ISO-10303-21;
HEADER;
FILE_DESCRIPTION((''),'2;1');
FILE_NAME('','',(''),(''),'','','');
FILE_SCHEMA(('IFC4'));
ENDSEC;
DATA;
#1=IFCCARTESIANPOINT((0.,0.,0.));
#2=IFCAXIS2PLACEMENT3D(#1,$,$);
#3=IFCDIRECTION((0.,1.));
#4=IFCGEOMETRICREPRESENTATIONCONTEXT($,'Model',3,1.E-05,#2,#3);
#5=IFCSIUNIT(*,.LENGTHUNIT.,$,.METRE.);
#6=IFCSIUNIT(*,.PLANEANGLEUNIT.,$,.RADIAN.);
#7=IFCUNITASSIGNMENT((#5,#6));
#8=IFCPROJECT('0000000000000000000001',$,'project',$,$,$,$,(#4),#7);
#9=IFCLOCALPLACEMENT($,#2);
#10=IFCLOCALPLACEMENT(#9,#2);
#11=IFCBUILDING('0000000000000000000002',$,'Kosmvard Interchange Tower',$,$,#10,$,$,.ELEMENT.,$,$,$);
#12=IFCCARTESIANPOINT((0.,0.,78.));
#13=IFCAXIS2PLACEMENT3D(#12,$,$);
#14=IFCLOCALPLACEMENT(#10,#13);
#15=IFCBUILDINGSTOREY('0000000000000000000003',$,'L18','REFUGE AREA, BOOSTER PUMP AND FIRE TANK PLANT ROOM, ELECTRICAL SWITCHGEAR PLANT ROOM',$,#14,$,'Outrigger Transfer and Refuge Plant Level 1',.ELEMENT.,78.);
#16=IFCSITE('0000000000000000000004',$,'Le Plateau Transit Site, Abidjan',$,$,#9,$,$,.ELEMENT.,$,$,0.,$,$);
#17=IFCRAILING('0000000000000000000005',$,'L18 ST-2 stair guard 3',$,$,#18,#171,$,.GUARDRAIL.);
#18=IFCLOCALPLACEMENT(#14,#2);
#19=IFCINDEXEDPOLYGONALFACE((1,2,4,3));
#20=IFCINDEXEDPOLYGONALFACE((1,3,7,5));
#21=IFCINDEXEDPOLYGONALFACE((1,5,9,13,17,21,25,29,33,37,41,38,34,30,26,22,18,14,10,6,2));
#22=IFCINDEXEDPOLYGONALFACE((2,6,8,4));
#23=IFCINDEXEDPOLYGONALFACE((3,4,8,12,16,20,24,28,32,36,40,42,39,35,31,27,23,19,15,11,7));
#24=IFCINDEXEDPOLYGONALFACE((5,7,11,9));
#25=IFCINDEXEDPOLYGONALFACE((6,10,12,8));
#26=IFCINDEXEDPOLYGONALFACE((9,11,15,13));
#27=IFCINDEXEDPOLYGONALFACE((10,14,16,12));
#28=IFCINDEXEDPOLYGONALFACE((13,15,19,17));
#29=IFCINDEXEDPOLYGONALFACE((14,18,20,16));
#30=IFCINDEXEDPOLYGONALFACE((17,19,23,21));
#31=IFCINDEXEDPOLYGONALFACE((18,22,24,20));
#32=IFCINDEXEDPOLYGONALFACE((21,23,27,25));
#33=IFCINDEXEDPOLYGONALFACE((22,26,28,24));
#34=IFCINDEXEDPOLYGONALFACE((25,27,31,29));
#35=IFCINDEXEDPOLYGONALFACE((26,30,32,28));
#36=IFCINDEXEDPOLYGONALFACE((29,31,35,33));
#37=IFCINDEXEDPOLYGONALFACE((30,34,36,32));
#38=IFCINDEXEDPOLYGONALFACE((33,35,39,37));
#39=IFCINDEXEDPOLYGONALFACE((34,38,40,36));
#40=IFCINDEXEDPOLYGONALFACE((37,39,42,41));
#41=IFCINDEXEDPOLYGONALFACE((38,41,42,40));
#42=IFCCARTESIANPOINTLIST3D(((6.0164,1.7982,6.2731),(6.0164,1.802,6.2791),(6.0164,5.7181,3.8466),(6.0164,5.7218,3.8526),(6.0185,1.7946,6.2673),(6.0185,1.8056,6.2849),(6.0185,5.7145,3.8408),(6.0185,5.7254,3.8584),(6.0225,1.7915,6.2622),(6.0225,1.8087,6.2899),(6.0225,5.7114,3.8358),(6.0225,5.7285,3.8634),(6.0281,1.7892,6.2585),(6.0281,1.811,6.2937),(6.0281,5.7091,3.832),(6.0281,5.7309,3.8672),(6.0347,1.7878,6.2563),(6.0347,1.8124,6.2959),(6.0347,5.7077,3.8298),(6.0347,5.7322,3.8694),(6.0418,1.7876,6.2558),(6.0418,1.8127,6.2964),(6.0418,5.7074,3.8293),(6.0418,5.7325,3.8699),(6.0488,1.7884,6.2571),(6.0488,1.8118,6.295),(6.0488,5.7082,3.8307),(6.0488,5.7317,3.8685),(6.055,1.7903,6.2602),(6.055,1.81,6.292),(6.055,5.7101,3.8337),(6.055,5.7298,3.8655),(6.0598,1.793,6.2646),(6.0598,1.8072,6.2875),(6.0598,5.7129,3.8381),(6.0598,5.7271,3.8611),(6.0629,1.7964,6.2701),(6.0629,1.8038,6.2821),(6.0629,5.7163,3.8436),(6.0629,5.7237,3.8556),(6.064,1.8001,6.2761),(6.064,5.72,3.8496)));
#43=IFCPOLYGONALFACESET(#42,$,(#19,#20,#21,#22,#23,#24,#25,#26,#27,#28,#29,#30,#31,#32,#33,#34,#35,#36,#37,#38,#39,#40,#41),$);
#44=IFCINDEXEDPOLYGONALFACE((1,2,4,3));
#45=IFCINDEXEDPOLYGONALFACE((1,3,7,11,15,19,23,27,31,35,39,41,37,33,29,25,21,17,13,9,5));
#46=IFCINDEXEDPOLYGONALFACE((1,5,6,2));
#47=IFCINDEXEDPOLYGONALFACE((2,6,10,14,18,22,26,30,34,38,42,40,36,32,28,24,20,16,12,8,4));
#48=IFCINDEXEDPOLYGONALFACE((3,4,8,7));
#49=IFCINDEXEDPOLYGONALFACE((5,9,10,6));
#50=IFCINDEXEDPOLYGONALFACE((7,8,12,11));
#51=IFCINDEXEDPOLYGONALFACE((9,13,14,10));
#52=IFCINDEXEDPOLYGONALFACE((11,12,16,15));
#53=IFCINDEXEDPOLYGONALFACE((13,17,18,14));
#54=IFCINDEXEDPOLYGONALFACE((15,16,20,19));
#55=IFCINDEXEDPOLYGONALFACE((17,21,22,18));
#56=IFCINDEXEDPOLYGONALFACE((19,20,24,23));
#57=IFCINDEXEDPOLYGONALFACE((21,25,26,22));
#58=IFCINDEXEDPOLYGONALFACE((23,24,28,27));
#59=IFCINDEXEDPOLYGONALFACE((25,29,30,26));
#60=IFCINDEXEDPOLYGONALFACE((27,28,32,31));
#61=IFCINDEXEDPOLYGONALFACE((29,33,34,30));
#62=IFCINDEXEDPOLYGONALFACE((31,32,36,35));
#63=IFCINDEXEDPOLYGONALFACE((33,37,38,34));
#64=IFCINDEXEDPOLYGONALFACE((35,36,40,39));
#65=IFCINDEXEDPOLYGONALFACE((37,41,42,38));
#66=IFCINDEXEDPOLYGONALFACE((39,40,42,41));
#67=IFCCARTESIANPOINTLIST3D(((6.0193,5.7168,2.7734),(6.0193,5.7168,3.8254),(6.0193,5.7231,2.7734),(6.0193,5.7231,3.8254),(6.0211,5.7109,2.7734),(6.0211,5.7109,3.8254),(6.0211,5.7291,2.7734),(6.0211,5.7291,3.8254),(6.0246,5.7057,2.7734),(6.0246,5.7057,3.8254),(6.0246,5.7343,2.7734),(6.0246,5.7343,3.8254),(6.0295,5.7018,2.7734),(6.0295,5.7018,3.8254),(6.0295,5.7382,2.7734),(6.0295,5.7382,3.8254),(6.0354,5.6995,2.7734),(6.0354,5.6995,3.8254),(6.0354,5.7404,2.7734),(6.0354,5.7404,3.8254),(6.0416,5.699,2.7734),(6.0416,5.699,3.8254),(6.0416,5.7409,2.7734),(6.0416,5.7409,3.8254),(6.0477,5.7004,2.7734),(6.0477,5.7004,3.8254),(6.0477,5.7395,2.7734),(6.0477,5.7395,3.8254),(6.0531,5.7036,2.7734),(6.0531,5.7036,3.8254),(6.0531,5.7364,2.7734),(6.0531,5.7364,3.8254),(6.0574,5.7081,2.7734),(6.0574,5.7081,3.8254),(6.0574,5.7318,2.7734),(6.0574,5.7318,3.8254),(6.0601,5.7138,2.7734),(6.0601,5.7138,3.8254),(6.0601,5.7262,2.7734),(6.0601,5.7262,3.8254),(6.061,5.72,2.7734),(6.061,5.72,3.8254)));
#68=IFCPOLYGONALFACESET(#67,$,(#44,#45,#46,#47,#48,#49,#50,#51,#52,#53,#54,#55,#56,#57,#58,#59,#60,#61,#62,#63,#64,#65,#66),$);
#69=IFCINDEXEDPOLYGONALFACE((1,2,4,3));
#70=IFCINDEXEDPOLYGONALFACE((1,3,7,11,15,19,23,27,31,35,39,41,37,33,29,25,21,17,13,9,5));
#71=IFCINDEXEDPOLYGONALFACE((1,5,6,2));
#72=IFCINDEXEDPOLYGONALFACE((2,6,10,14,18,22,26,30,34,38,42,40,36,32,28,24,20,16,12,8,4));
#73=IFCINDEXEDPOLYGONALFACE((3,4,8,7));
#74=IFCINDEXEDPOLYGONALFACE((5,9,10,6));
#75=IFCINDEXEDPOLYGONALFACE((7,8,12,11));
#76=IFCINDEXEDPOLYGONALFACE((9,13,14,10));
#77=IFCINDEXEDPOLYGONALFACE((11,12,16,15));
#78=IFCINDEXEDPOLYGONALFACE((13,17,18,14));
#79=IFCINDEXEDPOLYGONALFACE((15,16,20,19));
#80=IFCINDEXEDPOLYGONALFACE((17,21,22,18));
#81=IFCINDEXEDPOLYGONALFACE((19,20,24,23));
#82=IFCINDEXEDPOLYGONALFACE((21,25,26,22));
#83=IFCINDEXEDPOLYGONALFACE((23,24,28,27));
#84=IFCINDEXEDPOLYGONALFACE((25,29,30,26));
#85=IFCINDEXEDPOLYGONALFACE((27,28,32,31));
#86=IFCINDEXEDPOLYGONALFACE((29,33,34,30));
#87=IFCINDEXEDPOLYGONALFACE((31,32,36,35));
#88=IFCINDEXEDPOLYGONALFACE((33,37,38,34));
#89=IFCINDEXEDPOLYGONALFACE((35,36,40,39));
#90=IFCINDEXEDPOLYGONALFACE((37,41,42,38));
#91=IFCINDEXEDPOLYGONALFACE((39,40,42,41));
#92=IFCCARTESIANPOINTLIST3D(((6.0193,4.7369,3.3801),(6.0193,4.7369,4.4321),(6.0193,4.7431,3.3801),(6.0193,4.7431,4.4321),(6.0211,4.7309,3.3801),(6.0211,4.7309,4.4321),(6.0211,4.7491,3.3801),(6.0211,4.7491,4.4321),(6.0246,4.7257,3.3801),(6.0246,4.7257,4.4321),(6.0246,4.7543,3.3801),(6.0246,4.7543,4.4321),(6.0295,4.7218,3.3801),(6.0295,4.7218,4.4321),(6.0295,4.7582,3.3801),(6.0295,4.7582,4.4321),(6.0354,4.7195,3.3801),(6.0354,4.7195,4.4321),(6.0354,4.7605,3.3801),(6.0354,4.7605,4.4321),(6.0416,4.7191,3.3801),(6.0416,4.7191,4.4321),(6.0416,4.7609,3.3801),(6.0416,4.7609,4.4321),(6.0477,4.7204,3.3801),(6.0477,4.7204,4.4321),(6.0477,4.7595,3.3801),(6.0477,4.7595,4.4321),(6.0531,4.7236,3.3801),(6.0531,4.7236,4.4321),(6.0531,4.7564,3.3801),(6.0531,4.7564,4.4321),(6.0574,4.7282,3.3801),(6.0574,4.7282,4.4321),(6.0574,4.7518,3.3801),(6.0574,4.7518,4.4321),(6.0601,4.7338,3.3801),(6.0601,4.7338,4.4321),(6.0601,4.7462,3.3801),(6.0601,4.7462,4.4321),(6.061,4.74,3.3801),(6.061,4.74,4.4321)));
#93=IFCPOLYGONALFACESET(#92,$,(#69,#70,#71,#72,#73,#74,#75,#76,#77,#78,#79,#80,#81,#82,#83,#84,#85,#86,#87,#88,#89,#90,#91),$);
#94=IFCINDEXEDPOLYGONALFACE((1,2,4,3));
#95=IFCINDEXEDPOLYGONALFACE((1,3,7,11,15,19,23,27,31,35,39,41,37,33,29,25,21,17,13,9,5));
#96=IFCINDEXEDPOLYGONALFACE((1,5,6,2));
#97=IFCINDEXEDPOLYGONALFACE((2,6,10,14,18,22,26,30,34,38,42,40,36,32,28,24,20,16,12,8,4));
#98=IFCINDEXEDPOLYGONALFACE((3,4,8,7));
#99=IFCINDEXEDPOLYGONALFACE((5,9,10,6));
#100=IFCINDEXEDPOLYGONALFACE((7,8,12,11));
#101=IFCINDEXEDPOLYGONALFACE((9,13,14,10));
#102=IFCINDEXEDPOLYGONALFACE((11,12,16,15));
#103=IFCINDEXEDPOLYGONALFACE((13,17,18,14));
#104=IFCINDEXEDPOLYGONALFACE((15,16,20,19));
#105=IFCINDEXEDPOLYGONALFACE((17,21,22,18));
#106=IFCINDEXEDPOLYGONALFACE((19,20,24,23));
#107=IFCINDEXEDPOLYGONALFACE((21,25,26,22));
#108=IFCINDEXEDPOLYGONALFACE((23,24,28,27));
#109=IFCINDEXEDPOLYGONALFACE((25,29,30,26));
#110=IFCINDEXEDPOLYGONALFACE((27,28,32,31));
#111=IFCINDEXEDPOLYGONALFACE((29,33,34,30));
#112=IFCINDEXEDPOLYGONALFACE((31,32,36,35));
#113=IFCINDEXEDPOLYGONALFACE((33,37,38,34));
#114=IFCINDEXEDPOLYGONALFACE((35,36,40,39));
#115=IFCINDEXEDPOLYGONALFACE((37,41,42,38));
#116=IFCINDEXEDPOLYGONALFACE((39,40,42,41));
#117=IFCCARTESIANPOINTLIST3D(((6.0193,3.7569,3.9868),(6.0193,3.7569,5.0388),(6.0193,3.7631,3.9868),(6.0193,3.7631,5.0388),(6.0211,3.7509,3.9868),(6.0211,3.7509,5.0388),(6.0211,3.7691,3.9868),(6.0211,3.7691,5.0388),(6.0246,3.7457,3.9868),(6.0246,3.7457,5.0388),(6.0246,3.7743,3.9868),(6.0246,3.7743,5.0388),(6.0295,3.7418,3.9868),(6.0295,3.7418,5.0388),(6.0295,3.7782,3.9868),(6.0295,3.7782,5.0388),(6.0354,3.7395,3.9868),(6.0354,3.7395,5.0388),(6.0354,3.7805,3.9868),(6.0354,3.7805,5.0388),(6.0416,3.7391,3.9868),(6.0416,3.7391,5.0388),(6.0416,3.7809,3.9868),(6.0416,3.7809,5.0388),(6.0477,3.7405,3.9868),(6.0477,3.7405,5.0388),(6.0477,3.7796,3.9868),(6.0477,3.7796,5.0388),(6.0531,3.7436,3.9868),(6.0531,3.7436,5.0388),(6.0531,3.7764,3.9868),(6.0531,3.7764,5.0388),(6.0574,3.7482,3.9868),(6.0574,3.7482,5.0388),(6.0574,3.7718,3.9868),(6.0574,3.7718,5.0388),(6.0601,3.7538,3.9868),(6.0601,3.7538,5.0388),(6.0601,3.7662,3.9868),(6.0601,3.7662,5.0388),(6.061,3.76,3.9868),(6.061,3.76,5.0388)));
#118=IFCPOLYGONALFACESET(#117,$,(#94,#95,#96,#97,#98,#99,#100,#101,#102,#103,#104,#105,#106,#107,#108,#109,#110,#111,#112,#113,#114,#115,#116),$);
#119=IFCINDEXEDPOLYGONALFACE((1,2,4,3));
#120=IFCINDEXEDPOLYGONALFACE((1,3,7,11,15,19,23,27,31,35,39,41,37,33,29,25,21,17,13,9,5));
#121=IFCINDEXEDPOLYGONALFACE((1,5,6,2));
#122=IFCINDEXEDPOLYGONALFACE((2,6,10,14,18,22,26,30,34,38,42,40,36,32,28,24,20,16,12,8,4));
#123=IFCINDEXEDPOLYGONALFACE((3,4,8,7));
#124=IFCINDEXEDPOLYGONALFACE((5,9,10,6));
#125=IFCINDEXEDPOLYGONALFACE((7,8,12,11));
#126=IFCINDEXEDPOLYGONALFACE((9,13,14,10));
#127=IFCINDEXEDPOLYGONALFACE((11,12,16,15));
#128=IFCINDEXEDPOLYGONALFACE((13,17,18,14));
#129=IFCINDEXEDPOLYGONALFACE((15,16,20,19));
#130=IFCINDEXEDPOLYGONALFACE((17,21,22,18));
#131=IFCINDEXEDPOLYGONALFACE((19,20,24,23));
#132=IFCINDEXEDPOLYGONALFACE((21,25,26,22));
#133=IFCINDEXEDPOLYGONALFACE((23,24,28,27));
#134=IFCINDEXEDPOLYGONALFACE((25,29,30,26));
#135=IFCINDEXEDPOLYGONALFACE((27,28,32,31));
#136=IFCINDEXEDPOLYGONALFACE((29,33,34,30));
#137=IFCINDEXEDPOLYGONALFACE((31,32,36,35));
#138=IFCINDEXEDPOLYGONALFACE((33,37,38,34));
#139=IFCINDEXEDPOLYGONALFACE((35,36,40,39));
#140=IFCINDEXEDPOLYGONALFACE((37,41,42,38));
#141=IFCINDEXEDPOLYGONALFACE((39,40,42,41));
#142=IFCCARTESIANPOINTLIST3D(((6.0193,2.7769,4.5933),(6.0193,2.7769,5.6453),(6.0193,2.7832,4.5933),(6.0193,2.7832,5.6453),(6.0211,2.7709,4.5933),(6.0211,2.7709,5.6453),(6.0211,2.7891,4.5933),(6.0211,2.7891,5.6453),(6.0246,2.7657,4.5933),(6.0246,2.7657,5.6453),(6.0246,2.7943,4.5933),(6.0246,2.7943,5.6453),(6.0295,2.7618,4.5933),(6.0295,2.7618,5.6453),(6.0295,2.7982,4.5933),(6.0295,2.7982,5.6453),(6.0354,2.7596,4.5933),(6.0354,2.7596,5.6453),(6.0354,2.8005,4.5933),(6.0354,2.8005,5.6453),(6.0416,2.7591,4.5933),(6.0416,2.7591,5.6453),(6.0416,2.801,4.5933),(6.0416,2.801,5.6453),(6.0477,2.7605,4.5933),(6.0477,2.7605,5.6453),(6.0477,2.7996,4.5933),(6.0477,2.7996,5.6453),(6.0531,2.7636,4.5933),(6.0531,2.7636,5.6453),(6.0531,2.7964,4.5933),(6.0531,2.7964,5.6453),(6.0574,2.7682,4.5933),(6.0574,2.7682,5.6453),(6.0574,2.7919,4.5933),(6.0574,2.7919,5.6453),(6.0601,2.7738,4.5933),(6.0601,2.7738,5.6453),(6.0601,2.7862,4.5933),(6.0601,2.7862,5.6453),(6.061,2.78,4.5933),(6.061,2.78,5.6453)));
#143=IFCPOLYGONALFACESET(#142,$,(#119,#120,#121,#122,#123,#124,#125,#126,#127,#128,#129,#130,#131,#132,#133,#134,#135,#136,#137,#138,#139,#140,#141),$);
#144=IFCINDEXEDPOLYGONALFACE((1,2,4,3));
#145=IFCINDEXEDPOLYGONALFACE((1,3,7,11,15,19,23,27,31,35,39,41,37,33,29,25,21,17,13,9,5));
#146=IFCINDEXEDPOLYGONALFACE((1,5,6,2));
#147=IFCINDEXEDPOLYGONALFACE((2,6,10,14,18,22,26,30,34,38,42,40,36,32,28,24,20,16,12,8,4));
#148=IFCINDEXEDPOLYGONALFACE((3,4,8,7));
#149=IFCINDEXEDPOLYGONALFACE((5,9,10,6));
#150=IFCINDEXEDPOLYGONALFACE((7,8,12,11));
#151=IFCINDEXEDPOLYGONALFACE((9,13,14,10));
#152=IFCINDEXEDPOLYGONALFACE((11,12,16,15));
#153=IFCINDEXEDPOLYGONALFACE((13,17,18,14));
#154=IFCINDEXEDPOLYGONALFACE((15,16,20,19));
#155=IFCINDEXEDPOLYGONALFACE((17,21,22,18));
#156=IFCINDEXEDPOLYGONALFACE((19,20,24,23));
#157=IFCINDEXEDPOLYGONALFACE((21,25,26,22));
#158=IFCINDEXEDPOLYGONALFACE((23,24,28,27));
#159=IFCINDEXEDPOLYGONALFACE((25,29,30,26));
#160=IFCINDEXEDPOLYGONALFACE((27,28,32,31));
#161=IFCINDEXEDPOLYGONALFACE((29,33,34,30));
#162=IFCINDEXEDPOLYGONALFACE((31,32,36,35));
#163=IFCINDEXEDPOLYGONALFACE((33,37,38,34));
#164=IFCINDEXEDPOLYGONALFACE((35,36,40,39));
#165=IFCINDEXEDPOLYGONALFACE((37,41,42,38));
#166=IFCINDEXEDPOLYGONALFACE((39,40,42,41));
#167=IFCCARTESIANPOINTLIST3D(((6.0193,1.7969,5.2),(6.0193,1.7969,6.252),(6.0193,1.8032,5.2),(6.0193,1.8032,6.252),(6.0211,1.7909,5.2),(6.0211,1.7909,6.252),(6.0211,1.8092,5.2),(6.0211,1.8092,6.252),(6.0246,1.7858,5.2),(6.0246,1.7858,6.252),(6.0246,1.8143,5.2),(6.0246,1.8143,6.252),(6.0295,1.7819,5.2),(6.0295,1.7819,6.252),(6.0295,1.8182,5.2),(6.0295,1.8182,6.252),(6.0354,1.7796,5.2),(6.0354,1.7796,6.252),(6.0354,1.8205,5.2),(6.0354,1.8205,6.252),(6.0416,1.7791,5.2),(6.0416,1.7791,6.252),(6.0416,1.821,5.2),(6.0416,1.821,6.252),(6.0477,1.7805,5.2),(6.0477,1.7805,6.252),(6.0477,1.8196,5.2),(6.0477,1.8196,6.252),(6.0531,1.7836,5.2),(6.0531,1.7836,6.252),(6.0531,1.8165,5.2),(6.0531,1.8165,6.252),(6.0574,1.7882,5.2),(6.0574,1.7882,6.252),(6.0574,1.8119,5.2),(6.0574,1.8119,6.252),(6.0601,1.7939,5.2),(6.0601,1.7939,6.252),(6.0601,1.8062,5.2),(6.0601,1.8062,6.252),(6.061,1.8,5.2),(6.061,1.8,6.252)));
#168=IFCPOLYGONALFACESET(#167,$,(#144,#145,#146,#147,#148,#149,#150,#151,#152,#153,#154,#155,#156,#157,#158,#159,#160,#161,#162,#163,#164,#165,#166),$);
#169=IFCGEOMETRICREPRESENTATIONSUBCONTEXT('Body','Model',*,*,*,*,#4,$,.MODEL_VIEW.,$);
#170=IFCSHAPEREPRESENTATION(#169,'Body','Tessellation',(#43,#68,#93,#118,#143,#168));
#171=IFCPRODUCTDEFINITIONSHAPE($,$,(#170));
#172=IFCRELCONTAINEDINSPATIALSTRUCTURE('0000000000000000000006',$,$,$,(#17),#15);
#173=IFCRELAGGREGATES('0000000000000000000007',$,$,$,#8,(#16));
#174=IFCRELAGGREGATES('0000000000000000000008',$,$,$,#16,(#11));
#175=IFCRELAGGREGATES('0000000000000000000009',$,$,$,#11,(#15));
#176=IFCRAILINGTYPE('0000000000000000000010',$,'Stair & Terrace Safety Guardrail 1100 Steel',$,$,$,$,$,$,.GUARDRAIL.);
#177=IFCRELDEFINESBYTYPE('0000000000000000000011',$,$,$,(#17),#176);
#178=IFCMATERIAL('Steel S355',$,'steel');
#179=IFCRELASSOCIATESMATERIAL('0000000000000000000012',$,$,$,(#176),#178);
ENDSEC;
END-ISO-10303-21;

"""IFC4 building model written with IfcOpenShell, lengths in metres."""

from ifc_helpers import new_model, si_unit, direction, frame, origin, origin_2d, place, context, subcontext, project, spatial, circle, extrude, source, transform, mapped, material, type_object, element, save


model = new_model("IFC4")

# Units and contexts
model_context = context("Model", 3, precision=1e-05, world=origin(), true_north=direction((0.0, 1.0)))
body_context = subcontext(model_context, "Body", "Model", "MODEL_VIEW")
ifc_project = project(units=[si_unit("LENGTHUNIT", "METRE"), si_unit("PLANEANGLEUNIT", "RADIAN")], contexts=[model_context])

# Site, building, storey
site_placement = place(None, origin())
site = spatial("IfcSite", under=ifc_project, at=site_placement, Name="Le Plateau Transit Site, Abidjan", CompositionType="ELEMENT", RefElevation=0.0)
building_placement = place(site_placement, origin())
building = spatial("IfcBuilding", under=site, at=building_placement, Name="Kosmvard Interchange Tower", CompositionType="ELEMENT")
storey_placement = place(building_placement, frame((0.0, 0.0, 78.0)))
storey = spatial("IfcBuildingStorey", under=building, at=storey_placement, Name="L18", Description="REFUGE AREA, BOOSTER PUMP AND FIRE TANK PLANT ROOM, ELECTRICAL SWITCHGEAR PLANT ROOM", LongName="Outrigger Transfer and Refuge Plant Level 1", CompositionType="ELEMENT", Elevation=78.0)

# Railing
ifc_material_1 = material(Name="Steel S355", Category="steel")
railing_type_1 = type_object("IfcRailingType", Name="Stair & Terrace Safety Guardrail 1100 Steel", PredefinedType="GUARDRAIL", material=ifc_material_1)
shared_shape_1 = source(origin(), body_context, "Body", "SweptSolid", [
    extrude(circle(Radius=0.0239, at=origin_2d()), frame((0.0, 0.0, 1.0762), z_axis=(0.0, -0.850275, 0.526338), x_axis=(1.0, 0.0, 0.0)), (0.0, 0.0, 1.0), 4.6101),
    extrude(circle(Radius=0.021, at=origin_2d()), origin(), (0.0, 0.0, 1.0), 1.052),
    extrude(circle(Radius=0.021, at=origin_2d()), frame((0.0, -0.98, 0.6067)), (0.0, 0.0, 1.0), 1.052),
    extrude(circle(Radius=0.021, at=origin_2d()), frame((0.0, -1.96, 1.2134)), (0.0, 0.0, 1.0), 1.052),
    extrude(circle(Radius=0.021, at=origin_2d()), frame((0.0, -2.9399, 1.8198)), (0.0, 0.0, 1.0), 1.052),
    extrude(circle(Radius=0.021, at=origin_2d()), frame((0.0, -3.9199, 2.4265)), (0.0, 0.0, 1.0), 1.052),
])
railing_1_placement = place(storey_placement, frame((6.04, 5.72, 2.7734)))
element("IfcRailing", 1, at=railing_1_placement, inside=storey, type_object=railing_type_1, Name="L18 ST-2 stair guard 3", PredefinedType="GUARDRAIL", context=body_context, shape_type="MappedRepresentation", body=[
    mapped(shared_shape_1, transform((0.0, 0.0, 0.0), scale=1.0)),
])

save(model, "model.ifc")
